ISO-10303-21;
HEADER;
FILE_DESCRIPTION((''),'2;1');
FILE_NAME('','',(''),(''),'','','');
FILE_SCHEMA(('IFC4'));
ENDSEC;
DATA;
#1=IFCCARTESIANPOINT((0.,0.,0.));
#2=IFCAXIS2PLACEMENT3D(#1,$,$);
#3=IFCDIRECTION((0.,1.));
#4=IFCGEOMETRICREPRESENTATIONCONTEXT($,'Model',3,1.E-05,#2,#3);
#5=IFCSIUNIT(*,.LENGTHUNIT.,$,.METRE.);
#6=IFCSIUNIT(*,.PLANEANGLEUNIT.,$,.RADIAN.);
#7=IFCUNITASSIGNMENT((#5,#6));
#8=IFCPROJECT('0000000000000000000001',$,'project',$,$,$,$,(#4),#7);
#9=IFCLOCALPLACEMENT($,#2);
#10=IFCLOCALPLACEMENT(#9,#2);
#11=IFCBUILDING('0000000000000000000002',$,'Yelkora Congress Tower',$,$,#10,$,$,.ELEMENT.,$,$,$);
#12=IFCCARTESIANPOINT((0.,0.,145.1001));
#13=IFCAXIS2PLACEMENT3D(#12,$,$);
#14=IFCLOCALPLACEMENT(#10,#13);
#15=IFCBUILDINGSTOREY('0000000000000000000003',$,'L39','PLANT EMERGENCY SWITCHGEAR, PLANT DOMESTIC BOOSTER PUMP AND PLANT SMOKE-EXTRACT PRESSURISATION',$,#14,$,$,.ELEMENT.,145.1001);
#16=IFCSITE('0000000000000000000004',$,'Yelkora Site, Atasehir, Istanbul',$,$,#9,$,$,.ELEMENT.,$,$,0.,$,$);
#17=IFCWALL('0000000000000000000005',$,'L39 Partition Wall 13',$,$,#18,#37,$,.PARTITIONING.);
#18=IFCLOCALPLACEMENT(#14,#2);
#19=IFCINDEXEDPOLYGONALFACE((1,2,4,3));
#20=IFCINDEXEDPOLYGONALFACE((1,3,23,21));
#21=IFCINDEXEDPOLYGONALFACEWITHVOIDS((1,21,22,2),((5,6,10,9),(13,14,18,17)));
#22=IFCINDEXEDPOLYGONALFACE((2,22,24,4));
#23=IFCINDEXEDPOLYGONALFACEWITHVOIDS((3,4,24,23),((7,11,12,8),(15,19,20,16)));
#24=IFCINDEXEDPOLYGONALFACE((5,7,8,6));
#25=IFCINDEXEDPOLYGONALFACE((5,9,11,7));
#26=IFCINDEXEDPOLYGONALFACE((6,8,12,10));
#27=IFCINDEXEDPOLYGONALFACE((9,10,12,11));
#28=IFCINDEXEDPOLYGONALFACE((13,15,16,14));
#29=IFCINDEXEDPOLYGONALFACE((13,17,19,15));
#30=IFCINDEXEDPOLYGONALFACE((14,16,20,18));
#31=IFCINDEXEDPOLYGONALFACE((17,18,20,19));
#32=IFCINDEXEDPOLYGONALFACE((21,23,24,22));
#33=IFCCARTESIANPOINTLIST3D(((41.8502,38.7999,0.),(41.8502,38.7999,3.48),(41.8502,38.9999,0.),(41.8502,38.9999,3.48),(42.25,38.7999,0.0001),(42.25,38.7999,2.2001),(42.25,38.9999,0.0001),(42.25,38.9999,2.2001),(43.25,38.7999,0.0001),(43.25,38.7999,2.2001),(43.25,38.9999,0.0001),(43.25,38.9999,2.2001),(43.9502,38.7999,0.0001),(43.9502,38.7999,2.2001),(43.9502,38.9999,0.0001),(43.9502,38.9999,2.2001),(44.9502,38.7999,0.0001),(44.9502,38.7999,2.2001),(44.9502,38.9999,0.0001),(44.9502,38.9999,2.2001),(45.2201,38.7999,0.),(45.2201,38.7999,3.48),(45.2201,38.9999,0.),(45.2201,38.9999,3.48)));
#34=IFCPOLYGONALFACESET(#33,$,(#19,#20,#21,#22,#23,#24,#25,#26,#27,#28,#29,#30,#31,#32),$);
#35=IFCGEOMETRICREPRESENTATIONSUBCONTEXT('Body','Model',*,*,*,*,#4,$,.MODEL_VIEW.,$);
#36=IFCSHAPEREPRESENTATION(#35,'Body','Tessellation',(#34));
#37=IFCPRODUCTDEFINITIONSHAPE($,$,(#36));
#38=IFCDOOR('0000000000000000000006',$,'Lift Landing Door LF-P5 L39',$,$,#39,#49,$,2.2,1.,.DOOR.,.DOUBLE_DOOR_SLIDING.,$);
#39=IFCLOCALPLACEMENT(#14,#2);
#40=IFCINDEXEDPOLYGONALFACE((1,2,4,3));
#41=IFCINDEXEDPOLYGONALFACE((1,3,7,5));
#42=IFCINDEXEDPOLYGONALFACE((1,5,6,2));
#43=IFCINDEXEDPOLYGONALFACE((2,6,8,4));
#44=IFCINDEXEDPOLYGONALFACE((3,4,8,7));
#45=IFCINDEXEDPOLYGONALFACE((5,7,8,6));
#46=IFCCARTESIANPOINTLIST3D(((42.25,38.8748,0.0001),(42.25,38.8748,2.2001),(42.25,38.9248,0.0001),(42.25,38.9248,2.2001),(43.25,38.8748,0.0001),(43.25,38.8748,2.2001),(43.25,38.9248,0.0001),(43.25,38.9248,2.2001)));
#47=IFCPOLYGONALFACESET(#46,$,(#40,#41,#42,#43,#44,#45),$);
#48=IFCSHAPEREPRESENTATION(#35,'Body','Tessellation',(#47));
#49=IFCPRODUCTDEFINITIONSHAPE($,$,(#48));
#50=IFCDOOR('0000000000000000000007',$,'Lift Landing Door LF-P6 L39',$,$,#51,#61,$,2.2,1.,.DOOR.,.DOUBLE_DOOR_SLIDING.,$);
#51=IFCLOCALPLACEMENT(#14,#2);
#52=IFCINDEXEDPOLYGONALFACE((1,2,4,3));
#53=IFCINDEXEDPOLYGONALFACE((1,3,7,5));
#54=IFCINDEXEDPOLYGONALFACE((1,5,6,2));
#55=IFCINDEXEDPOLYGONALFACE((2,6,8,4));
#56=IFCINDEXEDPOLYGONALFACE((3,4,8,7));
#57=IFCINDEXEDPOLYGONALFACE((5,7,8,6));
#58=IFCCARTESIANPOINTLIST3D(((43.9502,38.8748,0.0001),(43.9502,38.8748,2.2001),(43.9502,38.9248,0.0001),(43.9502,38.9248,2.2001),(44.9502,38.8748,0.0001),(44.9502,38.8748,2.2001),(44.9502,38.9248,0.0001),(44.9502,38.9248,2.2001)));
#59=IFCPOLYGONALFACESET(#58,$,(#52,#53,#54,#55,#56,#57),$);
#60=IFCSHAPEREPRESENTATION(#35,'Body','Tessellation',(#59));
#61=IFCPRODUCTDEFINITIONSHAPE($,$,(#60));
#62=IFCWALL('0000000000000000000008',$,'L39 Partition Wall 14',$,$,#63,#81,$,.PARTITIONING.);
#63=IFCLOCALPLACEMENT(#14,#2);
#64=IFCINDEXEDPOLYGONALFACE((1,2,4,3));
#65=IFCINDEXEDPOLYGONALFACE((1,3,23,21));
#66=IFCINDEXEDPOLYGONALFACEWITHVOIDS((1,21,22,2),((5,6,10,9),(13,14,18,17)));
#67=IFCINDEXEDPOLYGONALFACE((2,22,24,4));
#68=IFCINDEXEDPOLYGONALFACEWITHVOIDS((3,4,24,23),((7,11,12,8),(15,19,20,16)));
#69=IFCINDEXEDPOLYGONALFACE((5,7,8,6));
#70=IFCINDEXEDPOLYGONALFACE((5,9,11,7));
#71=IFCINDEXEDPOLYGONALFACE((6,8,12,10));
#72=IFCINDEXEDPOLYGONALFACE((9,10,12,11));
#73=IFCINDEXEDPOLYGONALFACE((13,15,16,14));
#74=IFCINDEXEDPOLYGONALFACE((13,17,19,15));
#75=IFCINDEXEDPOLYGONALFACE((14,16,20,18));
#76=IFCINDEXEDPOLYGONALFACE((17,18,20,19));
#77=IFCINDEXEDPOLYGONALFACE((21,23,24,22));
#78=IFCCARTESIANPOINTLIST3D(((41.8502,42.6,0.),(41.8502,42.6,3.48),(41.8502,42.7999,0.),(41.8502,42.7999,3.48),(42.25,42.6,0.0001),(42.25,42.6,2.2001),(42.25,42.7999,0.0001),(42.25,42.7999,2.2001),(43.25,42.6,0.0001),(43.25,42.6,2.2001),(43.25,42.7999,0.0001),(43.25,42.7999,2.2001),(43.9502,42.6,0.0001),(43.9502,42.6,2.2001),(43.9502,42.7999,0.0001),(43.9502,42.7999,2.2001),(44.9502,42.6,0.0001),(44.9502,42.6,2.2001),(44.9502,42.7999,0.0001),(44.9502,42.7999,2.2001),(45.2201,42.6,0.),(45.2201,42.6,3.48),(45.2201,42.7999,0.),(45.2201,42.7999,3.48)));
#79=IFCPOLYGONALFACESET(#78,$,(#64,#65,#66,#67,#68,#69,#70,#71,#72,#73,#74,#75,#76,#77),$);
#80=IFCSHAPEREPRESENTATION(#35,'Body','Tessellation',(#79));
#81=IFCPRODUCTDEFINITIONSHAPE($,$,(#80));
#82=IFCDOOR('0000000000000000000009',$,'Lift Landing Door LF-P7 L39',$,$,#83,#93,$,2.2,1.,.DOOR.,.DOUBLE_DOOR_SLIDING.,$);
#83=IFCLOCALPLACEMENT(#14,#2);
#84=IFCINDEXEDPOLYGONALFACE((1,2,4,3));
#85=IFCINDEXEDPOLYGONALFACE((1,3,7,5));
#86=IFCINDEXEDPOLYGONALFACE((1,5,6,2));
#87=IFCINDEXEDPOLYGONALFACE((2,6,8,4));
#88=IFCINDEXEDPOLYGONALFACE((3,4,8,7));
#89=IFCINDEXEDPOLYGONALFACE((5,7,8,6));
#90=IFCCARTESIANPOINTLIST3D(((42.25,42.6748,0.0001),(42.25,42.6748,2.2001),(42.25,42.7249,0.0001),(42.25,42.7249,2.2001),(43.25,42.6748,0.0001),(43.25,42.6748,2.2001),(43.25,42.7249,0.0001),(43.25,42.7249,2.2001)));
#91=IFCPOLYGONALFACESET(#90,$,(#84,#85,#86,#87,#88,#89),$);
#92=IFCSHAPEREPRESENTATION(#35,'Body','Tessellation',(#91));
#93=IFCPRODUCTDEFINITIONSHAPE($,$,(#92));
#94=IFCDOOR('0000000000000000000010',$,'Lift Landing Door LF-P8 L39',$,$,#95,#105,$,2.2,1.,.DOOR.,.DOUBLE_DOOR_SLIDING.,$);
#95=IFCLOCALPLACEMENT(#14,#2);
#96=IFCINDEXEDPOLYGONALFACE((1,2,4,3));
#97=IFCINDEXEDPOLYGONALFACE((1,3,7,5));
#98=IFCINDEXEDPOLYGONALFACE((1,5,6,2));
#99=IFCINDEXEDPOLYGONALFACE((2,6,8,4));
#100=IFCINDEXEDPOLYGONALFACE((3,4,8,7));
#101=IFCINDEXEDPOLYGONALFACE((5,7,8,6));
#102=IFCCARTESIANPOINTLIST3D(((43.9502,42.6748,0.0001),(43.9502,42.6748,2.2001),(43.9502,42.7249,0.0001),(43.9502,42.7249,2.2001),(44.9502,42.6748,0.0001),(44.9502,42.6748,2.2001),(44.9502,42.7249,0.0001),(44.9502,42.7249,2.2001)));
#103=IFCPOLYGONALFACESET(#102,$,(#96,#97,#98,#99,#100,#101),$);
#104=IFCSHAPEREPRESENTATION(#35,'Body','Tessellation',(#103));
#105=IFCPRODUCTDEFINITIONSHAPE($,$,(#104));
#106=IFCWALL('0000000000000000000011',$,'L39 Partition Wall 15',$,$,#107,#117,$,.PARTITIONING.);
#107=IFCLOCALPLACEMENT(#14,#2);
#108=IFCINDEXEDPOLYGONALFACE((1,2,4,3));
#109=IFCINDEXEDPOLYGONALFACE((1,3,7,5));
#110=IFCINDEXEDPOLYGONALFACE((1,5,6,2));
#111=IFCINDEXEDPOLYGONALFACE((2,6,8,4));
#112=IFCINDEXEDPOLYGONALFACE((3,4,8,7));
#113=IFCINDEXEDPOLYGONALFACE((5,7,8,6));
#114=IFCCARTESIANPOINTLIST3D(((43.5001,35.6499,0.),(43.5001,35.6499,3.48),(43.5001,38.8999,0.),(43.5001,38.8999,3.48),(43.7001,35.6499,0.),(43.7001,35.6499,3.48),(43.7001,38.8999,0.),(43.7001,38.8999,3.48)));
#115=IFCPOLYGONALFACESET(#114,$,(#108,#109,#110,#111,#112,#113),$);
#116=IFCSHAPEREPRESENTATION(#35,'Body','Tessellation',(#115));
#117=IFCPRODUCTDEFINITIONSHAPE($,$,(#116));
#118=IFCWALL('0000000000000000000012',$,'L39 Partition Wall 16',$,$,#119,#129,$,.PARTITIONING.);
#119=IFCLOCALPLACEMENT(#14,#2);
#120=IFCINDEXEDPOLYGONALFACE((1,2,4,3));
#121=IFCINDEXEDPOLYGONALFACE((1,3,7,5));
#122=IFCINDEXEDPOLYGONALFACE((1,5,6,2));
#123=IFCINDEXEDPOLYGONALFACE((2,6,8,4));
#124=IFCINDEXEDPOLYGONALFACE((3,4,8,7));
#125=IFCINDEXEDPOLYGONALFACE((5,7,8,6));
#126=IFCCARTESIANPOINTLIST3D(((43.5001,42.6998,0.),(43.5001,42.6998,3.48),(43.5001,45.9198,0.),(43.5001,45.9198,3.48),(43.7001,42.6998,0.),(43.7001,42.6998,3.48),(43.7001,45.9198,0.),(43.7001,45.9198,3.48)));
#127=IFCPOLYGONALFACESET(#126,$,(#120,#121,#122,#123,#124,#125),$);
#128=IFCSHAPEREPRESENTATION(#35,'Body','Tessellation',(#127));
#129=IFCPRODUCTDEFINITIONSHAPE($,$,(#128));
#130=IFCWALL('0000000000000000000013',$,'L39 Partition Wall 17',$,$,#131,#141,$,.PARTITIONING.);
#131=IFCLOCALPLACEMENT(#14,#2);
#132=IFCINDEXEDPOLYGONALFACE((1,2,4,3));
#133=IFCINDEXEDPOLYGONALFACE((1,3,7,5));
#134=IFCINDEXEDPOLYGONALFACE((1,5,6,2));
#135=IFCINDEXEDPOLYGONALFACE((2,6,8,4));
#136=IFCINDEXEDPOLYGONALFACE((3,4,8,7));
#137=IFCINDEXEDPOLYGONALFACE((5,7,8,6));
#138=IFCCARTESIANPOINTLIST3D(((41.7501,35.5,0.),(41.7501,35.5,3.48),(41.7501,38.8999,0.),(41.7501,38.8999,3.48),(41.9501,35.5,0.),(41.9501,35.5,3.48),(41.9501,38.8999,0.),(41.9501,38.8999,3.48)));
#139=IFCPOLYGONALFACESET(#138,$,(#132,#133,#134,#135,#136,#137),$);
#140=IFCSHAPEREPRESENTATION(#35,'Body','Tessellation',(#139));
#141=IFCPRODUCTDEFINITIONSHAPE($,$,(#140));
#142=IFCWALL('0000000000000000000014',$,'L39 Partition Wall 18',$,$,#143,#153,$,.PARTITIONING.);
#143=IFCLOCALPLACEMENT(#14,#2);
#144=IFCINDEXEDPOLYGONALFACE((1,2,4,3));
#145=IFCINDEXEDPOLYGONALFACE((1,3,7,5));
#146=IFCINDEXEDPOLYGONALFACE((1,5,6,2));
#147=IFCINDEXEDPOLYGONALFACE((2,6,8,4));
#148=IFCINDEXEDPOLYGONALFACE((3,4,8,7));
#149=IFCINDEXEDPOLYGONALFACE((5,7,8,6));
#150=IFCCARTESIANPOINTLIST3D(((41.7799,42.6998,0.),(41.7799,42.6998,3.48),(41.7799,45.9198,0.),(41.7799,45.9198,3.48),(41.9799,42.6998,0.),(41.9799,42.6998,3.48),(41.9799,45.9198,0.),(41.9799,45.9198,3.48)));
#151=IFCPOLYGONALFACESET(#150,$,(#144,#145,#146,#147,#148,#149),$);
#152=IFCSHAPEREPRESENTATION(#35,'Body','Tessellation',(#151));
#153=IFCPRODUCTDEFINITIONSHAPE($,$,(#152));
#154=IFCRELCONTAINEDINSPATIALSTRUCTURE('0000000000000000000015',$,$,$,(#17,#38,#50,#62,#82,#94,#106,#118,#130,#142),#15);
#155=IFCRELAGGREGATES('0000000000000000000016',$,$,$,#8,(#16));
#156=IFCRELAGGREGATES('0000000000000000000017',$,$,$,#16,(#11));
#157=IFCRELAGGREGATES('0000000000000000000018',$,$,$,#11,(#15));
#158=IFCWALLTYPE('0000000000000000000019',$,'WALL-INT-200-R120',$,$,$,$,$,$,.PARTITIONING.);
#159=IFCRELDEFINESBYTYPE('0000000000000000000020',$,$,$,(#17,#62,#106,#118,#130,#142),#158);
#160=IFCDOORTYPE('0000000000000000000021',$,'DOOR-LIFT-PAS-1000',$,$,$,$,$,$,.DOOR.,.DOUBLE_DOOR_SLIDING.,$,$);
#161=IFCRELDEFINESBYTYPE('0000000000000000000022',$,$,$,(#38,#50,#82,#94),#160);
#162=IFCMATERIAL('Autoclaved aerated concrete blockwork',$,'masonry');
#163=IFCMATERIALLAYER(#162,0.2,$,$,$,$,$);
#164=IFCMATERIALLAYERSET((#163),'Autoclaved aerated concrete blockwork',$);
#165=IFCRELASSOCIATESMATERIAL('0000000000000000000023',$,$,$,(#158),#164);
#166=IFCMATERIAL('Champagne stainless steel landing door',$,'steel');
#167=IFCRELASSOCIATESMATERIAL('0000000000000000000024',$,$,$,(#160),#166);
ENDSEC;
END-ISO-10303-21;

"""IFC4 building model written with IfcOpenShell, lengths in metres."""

from ifc_helpers import new_model, si_unit, direction, frame, frame_2d, origin, place, context, subcontext, project, spatial, rectangle, extrude, material, layer, layer_set, type_object, element, fill, save


model = new_model("IFC4")

# Units and contexts
model_context = context("Model", 3, precision=1e-05, world=origin(), true_north=direction((0.0, 1.0)))
body_context = subcontext(model_context, "Body", "Model", "MODEL_VIEW")
ifc_project = project(units=[si_unit("LENGTHUNIT", "METRE"), si_unit("PLANEANGLEUNIT", "RADIAN")], contexts=[model_context])

# Site, building, storey
site_placement = place(None, origin())
site = spatial("IfcSite", under=ifc_project, at=site_placement, Name="Yelkora Site, Atasehir, Istanbul", CompositionType="ELEMENT", RefElevation=0.0)
building_placement = place(site_placement, origin())
building = spatial("IfcBuilding", under=site, at=building_placement, Name="Yelkora Congress Tower", CompositionType="ELEMENT")
storey_placement = place(building_placement, frame((0.0, 0.0, 145.1001)))
storey = spatial("IfcBuildingStorey", under=building, at=storey_placement, Name="L39", Description="PLANT EMERGENCY SWITCHGEAR, PLANT DOMESTIC BOOSTER PUMP AND PLANT SMOKE-EXTRACT PRESSURISATION", CompositionType="ELEMENT", Elevation=145.1001)

# Shared definitions
ifc_material_1 = material(Name="Autoclaved aerated concrete blockwork", Category="masonry")
ifc_layer_1 = layer(ifc_material_1, 0.2)
ifc_layer_set_1 = layer_set([ifc_layer_1], Name="Autoclaved aerated concrete blockwork")
wall_type_1 = type_object("IfcWallType", Name="WALL-INT-200-R120", PredefinedType="PARTITIONING", material=ifc_layer_set_1)

# Walls, openings, doors
wall_1_placement = place(storey_placement, frame((41.8501, 38.8999, 0.0), z_axis=(0.0, 0.0, 1.0), x_axis=(1.0, 0.0, 0.0)))
wall_1 = element("IfcWall", 1, at=wall_1_placement, inside=storey, type_object=wall_type_1, Name="L39 Partition Wall 13", PredefinedType="PARTITIONING", context=body_context, shape_type="SweptSolid", body=[
    extrude(rectangle(XDim=3.3699, YDim=0.2, at=frame_2d((1.6851, 0.0))), origin(), (0.0, 0.0, 1.0), 3.48),
])
opening_1_placement = place(wall_1_placement, frame((0.3999, 0.0, 0.0)))
opening_1 = element("IfcOpeningElement", 2, at=opening_1_placement, cuts=wall_1, PredefinedType="OPENING", context=body_context, shape_type="SweptSolid", body=[
    extrude(rectangle(XDim=1.0, YDim=2.2, at=frame_2d((0.5, 1.1001))), frame((0.0, 0.1099, 0.0), z_axis=(0.0, -1.0, 0.0), x_axis=(1.0, 0.0, 0.0)), (0.0, 0.0, 1.0), 0.22),
])
opening_2_placement = place(wall_1_placement, frame((2.1001, 0.0, 0.0)))
opening_2 = element("IfcOpeningElement", 3, at=opening_2_placement, cuts=wall_1, PredefinedType="OPENING", context=body_context, shape_type="SweptSolid", body=[
    extrude(rectangle(XDim=1.0, YDim=2.2, at=frame_2d((0.5, 1.1001))), frame((0.0, 0.1099, 0.0), z_axis=(0.0, -1.0, 0.0), x_axis=(1.0, 0.0, 0.0)), (0.0, 0.0, 1.0), 0.22),
])
ifc_material_2 = material(Name="Champagne stainless steel landing door", Category="steel")
door_type_1 = type_object("IfcDoorType", Name="DOOR-LIFT-PAS-1000", OperationType="DOUBLE_DOOR_SLIDING", PredefinedType="DOOR", material=ifc_material_2)
door_1_placement = place(opening_1_placement, origin())
door_1 = element("IfcDoor", 4, at=door_1_placement, inside=storey, type_object=door_type_1, Name="Lift Landing Door LF-P5 L39", OperationType="DOUBLE_DOOR_SLIDING", OverallHeight=2.2, OverallWidth=1.0, PredefinedType="DOOR", context=body_context, shape_type="SweptSolid", body=[
    extrude(rectangle(XDim=1.0, YDim=2.2, at=frame_2d((0.5, 1.1001))), frame((0.0, 0.0249, 0.0), z_axis=(0.0, -1.0, 0.0), x_axis=(1.0, 0.0, 0.0)), (0.0, 0.0, 1.0), 0.05),
])
fill(opening_1, door_1)
door_2_placement = place(opening_2_placement, origin())
door_2 = element("IfcDoor", 5, at=door_2_placement, inside=storey, type_object=door_type_1, Name="Lift Landing Door LF-P6 L39", OperationType="DOUBLE_DOOR_SLIDING", OverallHeight=2.2, OverallWidth=1.0, PredefinedType="DOOR", context=body_context, shape_type="SweptSolid", body=[
    extrude(rectangle(XDim=1.0, YDim=2.2, at=frame_2d((0.5, 1.1001))), frame((0.0, 0.0249, 0.0), z_axis=(0.0, -1.0, 0.0), x_axis=(1.0, 0.0, 0.0)), (0.0, 0.0, 1.0), 0.05),
])
fill(opening_2, door_2)
wall_2_placement = place(storey_placement, frame((41.8501, 42.7, 0.0), z_axis=(0.0, 0.0, 1.0), x_axis=(1.0, 0.0, 0.0)))
wall_2 = element("IfcWall", 6, at=wall_2_placement, inside=storey, type_object=wall_type_1, Name="L39 Partition Wall 14", PredefinedType="PARTITIONING", context=body_context, shape_type="SweptSolid", body=[
    extrude(rectangle(XDim=3.3699, YDim=0.2, at=frame_2d((1.6851, 0.0))), origin(), (0.0, 0.0, 1.0), 3.48),
])
opening_3_placement = place(wall_2_placement, frame((0.3999, 0.0, 0.0)))
opening_3 = element("IfcOpeningElement", 7, at=opening_3_placement, cuts=wall_2, PredefinedType="OPENING", context=body_context, shape_type="SweptSolid", body=[
    extrude(rectangle(XDim=1.0, YDim=2.2, at=frame_2d((0.5, 1.1001))), frame((0.0, 0.1099, 0.0), z_axis=(0.0, -1.0, 0.0), x_axis=(1.0, 0.0, 0.0)), (0.0, 0.0, 1.0), 0.22),
])
opening_4_placement = place(wall_2_placement, frame((2.1001, 0.0, 0.0)))
opening_4 = element("IfcOpeningElement", 8, at=opening_4_placement, cuts=wall_2, PredefinedType="OPENING", context=body_context, shape_type="SweptSolid", body=[
    extrude(rectangle(XDim=1.0, YDim=2.2, at=frame_2d((0.5, 1.1001))), frame((0.0, 0.1099, 0.0), z_axis=(0.0, -1.0, 0.0), x_axis=(1.0, 0.0, 0.0)), (0.0, 0.0, 1.0), 0.22),
])
door_3_placement = place(opening_3_placement, origin())
door_3 = element("IfcDoor", 9, at=door_3_placement, inside=storey, type_object=door_type_1, Name="Lift Landing Door LF-P7 L39", OperationType="DOUBLE_DOOR_SLIDING", OverallHeight=2.2, OverallWidth=1.0, PredefinedType="DOOR", context=body_context, shape_type="SweptSolid", body=[
    extrude(rectangle(XDim=1.0, YDim=2.2, at=frame_2d((0.5, 1.1001))), frame((0.0, 0.0249, 0.0), z_axis=(0.0, -1.0, 0.0), x_axis=(1.0, 0.0, 0.0)), (0.0, 0.0, 1.0), 0.05),
])
fill(opening_3, door_3)
door_4_placement = place(opening_4_placement, origin())
door_4 = element("IfcDoor", 10, at=door_4_placement, inside=storey, type_object=door_type_1, Name="Lift Landing Door LF-P8 L39", OperationType="DOUBLE_DOOR_SLIDING", OverallHeight=2.2, OverallWidth=1.0, PredefinedType="DOOR", context=body_context, shape_type="SweptSolid", body=[
    extrude(rectangle(XDim=1.0, YDim=2.2, at=frame_2d((0.5, 1.1001))), frame((0.0, 0.0249, 0.0), z_axis=(0.0, -1.0, 0.0), x_axis=(1.0, 0.0, 0.0)), (0.0, 0.0, 1.0), 0.05),
])
fill(opening_4, door_4)

# Walls
wall_3_placement = place(storey_placement, frame((43.6001, 35.6499, 0.0), z_axis=(0.0, 0.0, 1.0), x_axis=(0.0, 1.0, 0.0)))
element("IfcWall", 11, at=wall_3_placement, inside=storey, type_object=wall_type_1, Name="L39 Partition Wall 15", PredefinedType="PARTITIONING", context=body_context, shape_type="SweptSolid", body=[
    extrude(rectangle(XDim=3.25, YDim=0.2, at=frame_2d((1.625, 0.0))), origin(), (0.0, 0.0, 1.0), 3.48),
])
wall_4_placement = place(storey_placement, frame((43.6001, 42.7, 0.0), z_axis=(0.0, 0.0, 1.0), x_axis=(0.0, 1.0, 0.0)))
element("IfcWall", 12, at=wall_4_placement, inside=storey, type_object=wall_type_1, Name="L39 Partition Wall 16", PredefinedType="PARTITIONING", context=body_context, shape_type="SweptSolid", body=[
    extrude(rectangle(XDim=3.22, YDim=0.2, at=frame_2d((1.6099, 0.0))), origin(), (0.0, 0.0, 1.0), 3.48),
])
wall_5_placement = place(storey_placement, frame((41.8501, 35.5, 0.0), z_axis=(0.0, 0.0, 1.0), x_axis=(0.0, 1.0, 0.0)))
element("IfcWall", 13, at=wall_5_placement, inside=storey, type_object=wall_type_1, Name="L39 Partition Wall 17", PredefinedType="PARTITIONING", context=body_context, shape_type="SweptSolid", body=[
    extrude(rectangle(XDim=3.3999, YDim=0.2, at=frame_2d((1.7, 0.0))), origin(), (0.0, 0.0, 1.0), 3.48),
])
wall_6_placement = place(storey_placement, frame((41.8799, 42.7, 0.0), z_axis=(0.0, 0.0, 1.0), x_axis=(0.0, 1.0, 0.0)))
element("IfcWall", 14, at=wall_6_placement, inside=storey, type_object=wall_type_1, Name="L39 Partition Wall 18", PredefinedType="PARTITIONING", context=body_context, shape_type="SweptSolid", body=[
    extrude(rectangle(XDim=3.22, YDim=0.2, at=frame_2d((1.6099, 0.0))), origin(), (0.0, 0.0, 1.0), 3.48),
])

save(model, "model.ifc")
